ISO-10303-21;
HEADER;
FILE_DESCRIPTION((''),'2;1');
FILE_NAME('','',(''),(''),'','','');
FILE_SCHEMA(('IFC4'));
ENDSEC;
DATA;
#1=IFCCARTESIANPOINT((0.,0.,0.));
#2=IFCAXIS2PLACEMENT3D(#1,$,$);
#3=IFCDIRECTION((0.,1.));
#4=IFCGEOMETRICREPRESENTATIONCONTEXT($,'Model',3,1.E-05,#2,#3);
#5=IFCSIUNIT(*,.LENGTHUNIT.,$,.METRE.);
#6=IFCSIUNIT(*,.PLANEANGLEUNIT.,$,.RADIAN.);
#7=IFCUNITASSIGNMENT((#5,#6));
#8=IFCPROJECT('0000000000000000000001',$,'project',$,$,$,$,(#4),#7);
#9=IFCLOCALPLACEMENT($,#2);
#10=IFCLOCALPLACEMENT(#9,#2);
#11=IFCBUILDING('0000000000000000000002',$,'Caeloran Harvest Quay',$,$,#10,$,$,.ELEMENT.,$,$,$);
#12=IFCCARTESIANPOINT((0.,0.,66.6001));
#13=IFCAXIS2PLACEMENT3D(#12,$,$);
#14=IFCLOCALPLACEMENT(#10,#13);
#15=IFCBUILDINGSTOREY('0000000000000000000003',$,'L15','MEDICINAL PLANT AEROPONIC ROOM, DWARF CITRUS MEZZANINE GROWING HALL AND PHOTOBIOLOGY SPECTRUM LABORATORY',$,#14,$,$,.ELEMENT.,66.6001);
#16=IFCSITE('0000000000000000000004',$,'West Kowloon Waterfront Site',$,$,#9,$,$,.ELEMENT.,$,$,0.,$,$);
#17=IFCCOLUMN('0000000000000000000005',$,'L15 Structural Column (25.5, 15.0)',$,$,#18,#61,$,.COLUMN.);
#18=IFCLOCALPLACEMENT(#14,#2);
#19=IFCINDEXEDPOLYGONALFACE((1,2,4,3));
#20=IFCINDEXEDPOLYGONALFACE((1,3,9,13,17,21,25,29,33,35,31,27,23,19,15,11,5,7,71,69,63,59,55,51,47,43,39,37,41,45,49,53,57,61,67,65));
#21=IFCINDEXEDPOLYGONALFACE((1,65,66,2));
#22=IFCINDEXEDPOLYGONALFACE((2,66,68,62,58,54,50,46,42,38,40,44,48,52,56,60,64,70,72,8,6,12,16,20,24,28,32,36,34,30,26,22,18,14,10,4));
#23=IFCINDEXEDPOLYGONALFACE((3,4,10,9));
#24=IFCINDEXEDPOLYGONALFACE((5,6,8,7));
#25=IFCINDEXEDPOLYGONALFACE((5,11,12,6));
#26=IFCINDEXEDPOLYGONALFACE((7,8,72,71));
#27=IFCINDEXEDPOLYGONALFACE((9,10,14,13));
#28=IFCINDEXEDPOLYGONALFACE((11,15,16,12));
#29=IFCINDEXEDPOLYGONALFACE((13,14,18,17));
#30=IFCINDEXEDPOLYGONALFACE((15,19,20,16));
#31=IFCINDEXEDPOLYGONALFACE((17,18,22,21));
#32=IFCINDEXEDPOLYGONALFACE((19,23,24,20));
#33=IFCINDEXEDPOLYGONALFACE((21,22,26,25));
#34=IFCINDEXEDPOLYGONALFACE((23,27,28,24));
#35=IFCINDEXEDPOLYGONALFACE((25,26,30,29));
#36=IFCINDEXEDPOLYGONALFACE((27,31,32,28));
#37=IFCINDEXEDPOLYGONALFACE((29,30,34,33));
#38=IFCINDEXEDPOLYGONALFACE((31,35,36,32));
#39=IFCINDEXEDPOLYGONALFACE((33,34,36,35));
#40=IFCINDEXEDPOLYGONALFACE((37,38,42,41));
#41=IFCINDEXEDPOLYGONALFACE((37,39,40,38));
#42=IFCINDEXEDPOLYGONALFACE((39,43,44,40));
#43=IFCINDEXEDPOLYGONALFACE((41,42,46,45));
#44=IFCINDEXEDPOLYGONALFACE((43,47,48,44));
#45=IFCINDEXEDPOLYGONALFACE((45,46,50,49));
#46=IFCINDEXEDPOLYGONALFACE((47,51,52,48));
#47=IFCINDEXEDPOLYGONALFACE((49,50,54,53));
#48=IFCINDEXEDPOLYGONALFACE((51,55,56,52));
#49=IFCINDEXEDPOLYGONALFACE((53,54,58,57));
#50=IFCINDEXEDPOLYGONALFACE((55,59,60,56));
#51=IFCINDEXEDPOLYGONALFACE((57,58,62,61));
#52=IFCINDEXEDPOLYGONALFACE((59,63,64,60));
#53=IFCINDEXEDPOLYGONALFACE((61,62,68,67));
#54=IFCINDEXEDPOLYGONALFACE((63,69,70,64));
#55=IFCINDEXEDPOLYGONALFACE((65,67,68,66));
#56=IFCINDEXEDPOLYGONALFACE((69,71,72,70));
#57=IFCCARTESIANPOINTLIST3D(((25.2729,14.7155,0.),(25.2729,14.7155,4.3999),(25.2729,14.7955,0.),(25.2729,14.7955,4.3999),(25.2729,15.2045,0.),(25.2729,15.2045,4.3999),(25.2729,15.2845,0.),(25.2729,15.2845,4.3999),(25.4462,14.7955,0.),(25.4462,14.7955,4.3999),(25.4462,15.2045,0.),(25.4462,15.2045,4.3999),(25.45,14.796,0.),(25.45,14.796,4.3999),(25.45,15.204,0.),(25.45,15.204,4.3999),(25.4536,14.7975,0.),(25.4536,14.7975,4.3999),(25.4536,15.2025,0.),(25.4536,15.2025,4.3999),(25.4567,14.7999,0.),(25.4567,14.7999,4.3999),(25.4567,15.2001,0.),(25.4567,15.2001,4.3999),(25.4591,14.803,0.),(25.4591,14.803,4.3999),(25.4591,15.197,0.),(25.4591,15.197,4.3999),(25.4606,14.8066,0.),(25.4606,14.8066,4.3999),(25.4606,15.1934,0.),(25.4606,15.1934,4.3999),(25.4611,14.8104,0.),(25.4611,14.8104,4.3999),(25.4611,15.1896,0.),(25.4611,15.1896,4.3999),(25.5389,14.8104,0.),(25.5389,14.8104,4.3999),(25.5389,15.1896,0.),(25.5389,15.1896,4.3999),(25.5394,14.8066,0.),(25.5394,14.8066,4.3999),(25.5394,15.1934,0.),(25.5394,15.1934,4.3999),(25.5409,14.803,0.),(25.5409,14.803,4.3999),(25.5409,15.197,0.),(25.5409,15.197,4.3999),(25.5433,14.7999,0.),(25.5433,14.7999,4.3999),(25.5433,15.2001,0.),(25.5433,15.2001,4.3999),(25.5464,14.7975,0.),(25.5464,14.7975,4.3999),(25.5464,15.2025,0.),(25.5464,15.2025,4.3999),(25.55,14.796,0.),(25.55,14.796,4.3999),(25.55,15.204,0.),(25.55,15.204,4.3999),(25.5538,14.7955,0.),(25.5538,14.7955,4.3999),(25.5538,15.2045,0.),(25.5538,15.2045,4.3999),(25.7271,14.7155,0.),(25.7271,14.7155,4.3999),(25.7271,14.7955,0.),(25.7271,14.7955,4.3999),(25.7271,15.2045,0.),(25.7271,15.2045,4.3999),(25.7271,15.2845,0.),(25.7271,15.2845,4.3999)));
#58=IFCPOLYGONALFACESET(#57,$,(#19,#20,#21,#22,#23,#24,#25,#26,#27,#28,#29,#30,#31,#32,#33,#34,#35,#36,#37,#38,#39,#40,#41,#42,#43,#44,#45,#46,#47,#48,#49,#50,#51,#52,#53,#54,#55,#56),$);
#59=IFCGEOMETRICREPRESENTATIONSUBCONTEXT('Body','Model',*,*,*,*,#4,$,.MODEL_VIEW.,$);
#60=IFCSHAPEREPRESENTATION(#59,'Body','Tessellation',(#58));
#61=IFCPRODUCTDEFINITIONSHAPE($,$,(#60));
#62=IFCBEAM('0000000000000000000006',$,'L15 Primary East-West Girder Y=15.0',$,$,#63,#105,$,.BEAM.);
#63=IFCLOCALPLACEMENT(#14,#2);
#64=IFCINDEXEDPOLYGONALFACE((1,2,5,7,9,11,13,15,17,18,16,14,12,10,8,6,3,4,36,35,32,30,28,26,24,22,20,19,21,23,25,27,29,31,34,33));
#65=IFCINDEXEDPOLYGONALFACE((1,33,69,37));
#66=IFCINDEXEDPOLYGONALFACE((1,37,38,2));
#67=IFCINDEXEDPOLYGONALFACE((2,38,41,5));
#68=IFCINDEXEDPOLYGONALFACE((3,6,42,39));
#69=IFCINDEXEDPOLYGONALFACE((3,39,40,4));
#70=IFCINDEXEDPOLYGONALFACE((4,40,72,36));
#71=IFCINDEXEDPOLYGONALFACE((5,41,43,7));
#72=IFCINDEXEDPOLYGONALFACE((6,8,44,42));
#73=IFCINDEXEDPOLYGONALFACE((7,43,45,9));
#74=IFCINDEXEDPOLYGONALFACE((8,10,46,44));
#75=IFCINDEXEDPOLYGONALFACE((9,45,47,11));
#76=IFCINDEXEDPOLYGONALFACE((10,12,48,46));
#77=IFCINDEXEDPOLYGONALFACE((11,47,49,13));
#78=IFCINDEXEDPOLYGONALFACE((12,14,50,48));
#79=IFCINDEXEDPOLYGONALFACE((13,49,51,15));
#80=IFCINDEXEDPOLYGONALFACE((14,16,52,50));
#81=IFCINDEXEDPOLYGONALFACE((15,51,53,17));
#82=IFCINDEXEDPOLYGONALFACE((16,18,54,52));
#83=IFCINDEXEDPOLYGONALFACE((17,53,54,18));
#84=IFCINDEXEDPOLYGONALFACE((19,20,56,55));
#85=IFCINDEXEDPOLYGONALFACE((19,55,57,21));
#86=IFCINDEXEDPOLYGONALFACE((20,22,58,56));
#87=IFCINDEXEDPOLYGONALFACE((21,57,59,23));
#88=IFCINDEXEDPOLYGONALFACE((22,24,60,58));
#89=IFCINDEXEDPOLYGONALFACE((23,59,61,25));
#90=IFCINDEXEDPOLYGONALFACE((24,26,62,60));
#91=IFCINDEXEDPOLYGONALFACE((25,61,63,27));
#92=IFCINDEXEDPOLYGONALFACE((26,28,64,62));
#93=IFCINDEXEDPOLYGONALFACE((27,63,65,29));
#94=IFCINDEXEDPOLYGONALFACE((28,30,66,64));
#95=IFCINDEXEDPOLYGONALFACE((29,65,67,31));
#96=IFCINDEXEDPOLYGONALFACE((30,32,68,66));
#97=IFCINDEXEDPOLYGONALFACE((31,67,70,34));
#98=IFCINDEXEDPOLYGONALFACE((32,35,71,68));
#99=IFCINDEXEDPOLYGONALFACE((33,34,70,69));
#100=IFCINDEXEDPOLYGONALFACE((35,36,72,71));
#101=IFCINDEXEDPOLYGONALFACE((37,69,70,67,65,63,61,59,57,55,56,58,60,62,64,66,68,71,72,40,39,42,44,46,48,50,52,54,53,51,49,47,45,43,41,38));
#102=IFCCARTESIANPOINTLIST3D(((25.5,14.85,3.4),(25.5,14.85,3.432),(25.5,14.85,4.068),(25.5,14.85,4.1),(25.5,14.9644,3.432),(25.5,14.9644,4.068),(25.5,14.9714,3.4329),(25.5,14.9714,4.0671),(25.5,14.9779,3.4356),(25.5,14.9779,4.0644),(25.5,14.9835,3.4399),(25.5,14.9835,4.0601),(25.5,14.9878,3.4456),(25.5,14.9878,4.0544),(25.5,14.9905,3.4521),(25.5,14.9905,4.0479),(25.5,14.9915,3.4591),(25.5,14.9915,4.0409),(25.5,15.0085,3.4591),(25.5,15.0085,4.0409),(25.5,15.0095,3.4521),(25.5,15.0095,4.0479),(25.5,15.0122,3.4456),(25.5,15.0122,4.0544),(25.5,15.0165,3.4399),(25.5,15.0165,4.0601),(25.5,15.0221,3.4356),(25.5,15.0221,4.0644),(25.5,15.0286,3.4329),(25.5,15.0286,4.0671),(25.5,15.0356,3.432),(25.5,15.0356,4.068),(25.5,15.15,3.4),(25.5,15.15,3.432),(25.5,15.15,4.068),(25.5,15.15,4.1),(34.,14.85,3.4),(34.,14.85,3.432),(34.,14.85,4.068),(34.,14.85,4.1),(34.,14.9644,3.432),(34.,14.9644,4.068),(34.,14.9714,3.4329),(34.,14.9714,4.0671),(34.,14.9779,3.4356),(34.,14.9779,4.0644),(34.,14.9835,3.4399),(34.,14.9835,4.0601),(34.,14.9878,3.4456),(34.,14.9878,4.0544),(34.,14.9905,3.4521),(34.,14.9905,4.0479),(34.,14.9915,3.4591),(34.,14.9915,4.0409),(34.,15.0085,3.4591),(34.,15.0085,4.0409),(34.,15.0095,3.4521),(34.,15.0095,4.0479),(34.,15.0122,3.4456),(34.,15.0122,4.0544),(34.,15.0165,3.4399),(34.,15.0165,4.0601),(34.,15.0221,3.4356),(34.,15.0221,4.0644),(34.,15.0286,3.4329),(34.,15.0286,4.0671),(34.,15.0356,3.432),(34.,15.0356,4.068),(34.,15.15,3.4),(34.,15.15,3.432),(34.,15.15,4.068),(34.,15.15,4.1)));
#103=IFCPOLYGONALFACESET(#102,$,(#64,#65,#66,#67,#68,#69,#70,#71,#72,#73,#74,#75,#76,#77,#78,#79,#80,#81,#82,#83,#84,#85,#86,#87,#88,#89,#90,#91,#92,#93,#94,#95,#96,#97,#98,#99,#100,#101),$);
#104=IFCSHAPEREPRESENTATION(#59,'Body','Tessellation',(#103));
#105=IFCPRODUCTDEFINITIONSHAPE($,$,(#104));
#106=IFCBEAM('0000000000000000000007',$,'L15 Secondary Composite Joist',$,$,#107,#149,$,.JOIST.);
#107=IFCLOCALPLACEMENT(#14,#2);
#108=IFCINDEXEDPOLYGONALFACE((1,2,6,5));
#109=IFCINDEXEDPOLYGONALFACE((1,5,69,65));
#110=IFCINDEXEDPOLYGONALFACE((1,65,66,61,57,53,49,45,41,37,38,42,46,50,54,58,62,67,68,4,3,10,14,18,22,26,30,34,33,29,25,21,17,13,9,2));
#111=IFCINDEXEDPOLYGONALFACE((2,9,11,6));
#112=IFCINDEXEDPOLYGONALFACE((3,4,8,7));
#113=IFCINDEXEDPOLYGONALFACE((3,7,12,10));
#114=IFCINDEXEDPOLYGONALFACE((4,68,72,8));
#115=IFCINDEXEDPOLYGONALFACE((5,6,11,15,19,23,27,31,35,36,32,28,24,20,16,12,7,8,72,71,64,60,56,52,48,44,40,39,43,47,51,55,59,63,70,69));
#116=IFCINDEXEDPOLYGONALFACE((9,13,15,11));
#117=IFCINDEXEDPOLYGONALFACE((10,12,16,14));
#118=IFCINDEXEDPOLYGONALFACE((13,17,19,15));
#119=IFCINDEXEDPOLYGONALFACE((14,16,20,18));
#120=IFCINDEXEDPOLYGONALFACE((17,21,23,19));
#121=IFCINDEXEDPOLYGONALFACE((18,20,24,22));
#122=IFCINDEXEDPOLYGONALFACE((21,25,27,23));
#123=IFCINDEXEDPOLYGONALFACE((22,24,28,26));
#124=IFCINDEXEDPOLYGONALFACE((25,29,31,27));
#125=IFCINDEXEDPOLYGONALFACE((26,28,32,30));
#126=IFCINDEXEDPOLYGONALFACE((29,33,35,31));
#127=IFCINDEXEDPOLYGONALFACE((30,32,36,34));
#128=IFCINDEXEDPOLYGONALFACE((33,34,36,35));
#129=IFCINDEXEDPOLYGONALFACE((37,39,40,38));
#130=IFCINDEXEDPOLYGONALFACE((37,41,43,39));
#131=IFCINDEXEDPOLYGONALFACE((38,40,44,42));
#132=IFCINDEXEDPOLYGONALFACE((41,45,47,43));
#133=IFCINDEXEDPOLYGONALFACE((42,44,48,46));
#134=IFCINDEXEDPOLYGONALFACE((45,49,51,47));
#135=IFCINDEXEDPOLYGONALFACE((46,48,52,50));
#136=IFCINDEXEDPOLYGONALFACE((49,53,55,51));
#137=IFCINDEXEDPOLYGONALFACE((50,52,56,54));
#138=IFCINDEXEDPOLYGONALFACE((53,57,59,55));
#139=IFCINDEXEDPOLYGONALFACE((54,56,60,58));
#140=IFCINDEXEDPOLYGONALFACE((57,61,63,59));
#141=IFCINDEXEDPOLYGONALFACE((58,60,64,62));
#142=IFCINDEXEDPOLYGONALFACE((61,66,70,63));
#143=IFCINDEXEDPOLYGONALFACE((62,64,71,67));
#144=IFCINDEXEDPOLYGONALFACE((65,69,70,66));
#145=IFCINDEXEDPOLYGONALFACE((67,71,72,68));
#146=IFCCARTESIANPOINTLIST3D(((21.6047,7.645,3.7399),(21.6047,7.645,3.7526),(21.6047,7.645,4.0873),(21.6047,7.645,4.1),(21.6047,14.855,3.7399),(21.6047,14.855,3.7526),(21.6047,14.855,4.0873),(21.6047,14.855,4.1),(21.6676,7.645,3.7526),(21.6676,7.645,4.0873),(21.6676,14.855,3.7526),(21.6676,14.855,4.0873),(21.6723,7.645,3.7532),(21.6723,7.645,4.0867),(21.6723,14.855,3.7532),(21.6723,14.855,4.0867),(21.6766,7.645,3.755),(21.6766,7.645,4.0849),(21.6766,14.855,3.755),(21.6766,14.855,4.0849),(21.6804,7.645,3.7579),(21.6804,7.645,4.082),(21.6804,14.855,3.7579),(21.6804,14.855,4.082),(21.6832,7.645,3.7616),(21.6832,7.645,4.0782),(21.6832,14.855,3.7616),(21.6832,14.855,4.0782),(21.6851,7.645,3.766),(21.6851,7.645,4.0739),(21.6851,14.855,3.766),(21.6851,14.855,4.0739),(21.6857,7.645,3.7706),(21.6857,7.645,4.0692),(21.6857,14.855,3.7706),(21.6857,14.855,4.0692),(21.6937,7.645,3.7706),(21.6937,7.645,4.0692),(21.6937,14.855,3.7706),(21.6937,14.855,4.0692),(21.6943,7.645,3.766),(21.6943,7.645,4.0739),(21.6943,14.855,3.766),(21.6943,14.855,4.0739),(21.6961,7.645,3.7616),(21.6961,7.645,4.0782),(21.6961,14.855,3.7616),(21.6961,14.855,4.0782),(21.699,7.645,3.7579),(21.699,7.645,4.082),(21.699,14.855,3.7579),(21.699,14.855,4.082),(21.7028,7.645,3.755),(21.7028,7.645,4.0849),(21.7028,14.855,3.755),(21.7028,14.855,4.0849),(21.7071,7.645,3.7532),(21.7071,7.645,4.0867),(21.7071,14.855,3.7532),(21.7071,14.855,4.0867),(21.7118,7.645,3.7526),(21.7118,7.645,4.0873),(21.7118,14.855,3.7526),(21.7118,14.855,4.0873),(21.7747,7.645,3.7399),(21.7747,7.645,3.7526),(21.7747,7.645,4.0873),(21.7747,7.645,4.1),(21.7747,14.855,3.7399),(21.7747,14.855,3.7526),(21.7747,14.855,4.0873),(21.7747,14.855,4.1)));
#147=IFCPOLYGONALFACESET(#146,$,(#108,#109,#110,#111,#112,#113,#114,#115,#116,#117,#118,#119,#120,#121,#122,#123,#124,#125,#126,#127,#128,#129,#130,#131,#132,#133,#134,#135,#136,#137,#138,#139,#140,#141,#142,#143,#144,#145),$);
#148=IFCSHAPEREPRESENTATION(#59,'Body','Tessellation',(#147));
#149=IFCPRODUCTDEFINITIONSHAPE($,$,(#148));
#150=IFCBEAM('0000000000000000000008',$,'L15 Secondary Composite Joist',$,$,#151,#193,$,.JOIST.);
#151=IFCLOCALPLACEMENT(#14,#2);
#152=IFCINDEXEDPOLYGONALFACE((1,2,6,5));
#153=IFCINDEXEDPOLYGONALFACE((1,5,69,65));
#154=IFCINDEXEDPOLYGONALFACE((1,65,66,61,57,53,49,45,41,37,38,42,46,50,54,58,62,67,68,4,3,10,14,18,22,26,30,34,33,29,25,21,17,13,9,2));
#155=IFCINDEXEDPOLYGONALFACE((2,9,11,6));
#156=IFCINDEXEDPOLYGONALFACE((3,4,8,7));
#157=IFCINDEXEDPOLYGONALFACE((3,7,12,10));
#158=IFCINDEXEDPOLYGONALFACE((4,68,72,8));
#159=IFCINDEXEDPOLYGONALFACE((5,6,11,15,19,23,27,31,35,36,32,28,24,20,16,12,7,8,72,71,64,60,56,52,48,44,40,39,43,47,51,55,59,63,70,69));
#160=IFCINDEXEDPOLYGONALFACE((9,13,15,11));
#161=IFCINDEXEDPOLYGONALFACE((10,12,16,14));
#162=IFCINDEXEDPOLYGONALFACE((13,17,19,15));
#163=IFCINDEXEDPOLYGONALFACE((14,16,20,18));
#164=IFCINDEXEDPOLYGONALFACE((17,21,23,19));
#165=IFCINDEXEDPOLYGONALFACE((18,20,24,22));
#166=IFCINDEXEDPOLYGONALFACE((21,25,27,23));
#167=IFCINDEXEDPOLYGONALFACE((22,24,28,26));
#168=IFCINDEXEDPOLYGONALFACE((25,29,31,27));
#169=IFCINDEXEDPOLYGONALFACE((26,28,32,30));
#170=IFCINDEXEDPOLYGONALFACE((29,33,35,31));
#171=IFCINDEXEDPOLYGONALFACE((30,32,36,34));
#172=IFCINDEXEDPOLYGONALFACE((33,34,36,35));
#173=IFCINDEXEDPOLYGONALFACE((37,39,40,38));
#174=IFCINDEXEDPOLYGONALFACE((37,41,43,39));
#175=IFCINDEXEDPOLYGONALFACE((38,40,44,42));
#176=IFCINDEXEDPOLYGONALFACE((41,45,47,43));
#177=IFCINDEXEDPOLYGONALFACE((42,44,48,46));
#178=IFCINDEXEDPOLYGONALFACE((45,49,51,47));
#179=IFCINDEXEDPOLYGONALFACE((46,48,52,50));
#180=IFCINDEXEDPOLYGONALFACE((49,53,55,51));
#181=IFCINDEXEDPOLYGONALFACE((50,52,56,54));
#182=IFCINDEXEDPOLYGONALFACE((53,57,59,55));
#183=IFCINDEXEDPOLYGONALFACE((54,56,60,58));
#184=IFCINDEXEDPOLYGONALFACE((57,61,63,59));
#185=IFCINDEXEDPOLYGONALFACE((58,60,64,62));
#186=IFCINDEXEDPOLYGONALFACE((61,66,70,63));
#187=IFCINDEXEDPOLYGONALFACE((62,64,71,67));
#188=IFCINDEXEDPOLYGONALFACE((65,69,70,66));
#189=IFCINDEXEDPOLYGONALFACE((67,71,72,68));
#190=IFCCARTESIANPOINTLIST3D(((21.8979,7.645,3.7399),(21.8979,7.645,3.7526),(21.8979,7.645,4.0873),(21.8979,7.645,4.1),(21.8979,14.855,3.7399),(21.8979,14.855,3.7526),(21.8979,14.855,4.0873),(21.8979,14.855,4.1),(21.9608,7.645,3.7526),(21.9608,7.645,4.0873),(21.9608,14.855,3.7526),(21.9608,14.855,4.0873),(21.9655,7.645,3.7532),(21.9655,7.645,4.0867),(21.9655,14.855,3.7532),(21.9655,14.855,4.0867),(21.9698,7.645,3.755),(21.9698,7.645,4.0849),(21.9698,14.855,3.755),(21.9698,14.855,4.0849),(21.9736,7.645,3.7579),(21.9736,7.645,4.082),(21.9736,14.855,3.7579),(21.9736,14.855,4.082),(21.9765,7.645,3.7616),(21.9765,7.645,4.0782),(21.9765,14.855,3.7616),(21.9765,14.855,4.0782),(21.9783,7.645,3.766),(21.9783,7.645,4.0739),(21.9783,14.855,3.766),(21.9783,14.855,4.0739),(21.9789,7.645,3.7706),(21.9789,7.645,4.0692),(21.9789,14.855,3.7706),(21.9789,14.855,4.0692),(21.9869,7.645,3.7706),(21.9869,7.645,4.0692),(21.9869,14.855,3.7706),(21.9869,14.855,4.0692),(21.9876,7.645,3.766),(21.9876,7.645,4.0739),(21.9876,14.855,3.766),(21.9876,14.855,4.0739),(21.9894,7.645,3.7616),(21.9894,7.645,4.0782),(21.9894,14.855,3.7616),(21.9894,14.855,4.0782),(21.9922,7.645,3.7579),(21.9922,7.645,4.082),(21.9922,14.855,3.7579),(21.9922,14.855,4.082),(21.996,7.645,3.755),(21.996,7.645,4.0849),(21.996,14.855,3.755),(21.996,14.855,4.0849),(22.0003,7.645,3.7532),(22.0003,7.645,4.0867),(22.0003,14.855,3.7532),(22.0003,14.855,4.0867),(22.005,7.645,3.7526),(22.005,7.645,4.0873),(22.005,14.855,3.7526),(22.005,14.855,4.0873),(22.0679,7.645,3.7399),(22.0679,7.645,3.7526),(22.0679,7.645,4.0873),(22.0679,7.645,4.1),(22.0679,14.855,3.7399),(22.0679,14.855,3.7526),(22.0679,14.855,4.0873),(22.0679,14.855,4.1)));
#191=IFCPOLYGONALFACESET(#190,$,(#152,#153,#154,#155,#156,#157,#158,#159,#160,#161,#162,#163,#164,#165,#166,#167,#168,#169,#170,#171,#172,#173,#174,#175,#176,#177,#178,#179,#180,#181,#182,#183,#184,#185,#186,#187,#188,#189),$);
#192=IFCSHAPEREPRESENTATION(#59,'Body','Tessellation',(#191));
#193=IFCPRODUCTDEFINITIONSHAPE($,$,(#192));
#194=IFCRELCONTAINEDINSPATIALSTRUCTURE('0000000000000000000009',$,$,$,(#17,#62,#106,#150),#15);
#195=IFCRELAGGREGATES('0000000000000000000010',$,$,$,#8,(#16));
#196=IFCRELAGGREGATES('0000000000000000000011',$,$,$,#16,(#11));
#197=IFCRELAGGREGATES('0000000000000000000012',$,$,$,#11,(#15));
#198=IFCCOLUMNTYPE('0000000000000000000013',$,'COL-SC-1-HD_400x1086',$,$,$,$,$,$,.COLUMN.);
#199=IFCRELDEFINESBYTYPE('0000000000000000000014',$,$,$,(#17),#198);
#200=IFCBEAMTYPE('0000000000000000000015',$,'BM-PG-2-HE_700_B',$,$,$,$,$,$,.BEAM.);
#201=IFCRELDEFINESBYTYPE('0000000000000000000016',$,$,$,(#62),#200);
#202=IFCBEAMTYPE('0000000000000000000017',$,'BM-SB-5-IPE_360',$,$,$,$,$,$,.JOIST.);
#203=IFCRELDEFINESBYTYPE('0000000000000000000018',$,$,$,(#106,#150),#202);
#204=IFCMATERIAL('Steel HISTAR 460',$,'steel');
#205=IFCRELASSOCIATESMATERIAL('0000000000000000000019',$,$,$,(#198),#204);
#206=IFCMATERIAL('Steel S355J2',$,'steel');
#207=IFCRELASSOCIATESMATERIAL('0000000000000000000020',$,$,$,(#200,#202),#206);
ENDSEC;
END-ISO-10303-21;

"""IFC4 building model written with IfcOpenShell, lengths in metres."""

from ifc_helpers import new_model, si_unit, direction, frame, origin, origin_2d, place, context, subcontext, project, spatial, i_section, extrude, material, material_profile, profile_set, type_object, element, save


model = new_model("IFC4")

# Units and contexts
model_context = context("Model", 3, precision=1e-05, world=origin(), true_north=direction((0.0, 1.0)))
body_context = subcontext(model_context, "Body", "Model", "MODEL_VIEW")
ifc_project = project(units=[si_unit("LENGTHUNIT", "METRE"), si_unit("PLANEANGLEUNIT", "RADIAN")], contexts=[model_context])

# Site, building, storey
site_placement = place(None, origin())
site = spatial("IfcSite", under=ifc_project, at=site_placement, Name="West Kowloon Waterfront Site", CompositionType="ELEMENT", RefElevation=0.0)
building_placement = place(site_placement, origin())
building = spatial("IfcBuilding", under=site, at=building_placement, Name="Caeloran Harvest Quay", CompositionType="ELEMENT")
storey_placement = place(building_placement, frame((0.0, 0.0, 66.6001)))
storey = spatial("IfcBuildingStorey", under=building, at=storey_placement, Name="L15", Description="MEDICINAL PLANT AEROPONIC ROOM, DWARF CITRUS MEZZANINE GROWING HALL AND PHOTOBIOLOGY SPECTRUM LABORATORY", CompositionType="ELEMENT", Elevation=66.6001)

# Column
ifc_material_1 = material(Name="Steel HISTAR 460", Category="steel")
ifc_material_profile_1 = material_profile(ifc_material_1, i_section(OverallWidth=0.4541, OverallDepth=0.5691, WebThickness=0.0779, FlangeThickness=0.0801, FilletRadius=0.0149, at=origin_2d()), Name="HD 400x1086")
ifc_profile_set_1 = profile_set([ifc_material_profile_1], Name="Steel HISTAR 460")
column_type = type_object("IfcColumnType", Name="COL-SC-1-HD_400x1086", PredefinedType="COLUMN", material=ifc_profile_set_1)
column_placement = place(storey_placement, frame((25.5, 15.0, 0.0), z_axis=(0.0, 0.0, 1.0), x_axis=(1.0, 0.0, 0.0)))
element("IfcColumn", 1, at=column_placement, inside=storey, type_object=column_type, Name="L15 Structural Column (25.5, 15.0)", PredefinedType="COLUMN", context=body_context, shape_type="SweptSolid", body=[
    extrude(i_section(OverallWidth=0.4541, OverallDepth=0.5691, WebThickness=0.0779, FlangeThickness=0.0801, FilletRadius=0.0149, at=origin_2d()), origin(), (0.0, 0.0, 1.0), 4.3999),
])

# Beams
ifc_material_2 = material(Name="Steel S355J2", Category="steel")
ifc_material_profile_2 = material_profile(ifc_material_2, i_section(OverallWidth=0.3, OverallDepth=0.7, WebThickness=0.0171, FlangeThickness=0.032, FilletRadius=0.0271, at=origin_2d()), Name="HE 700 B")
ifc_profile_set_2 = profile_set([ifc_material_profile_2], Name="Steel S355J2")
beam_type_1 = type_object("IfcBeamType", Name="BM-PG-2-HE_700_B", PredefinedType="BEAM", material=ifc_profile_set_2)
beam_placement = place(storey_placement, frame((25.5, 15.0, 3.75), z_axis=(1.0, 0.0, 0.0), x_axis=(0.0, 1.0, 0.0)))
element("IfcBeam", 2, at=beam_placement, inside=storey, type_object=beam_type_1, Name="L15 Primary East-West Girder Y=15.0", PredefinedType="BEAM", context=body_context, shape_type="SweptSolid", body=[
    extrude(i_section(OverallWidth=0.3, OverallDepth=0.7, WebThickness=0.0171, FlangeThickness=0.032, FilletRadius=0.0271, at=origin_2d()), origin(), (0.0, 0.0, 1.0), 8.5),
])
ifc_material_profile_3 = material_profile(ifc_material_2, i_section(OverallWidth=0.1699, OverallDepth=0.3601, WebThickness=0.0081, FlangeThickness=0.0127, FilletRadius=0.0181, at=origin_2d()), Name="IPE 360")
ifc_profile_set_3 = profile_set([ifc_material_profile_3], Name="Steel S355J2")
beam_type_2 = type_object("IfcBeamType", Name="BM-SB-5-IPE_360", PredefinedType="JOIST", material=ifc_profile_set_3)
for number, where, z_axis, x_axis, name in (
    (3, (21.6897, 7.645, 3.9199), (0.0, 1.0, 0.0), (-1.0, 0.0, 0.0), "L15 Secondary Composite Joist"),
    (4, (21.9829, 7.645, 3.9199), (0.0, 1.0, 0.0), (-1.0, 0.0, 0.0), "L15 Secondary Composite Joist"),
):
    element("IfcBeam", number, at=place(storey_placement, frame(where, z_axis=z_axis, x_axis=x_axis)), inside=storey, type_object=beam_type_2, Name=name, PredefinedType="JOIST", context=body_context, shape_type="SweptSolid", body=[
        extrude(i_section(OverallWidth=0.1699, OverallDepth=0.3601, WebThickness=0.0081, FlangeThickness=0.0127, FilletRadius=0.0181, at=origin_2d()), origin(), (0.0, 0.0, 1.0), 7.21),
    ])

save(model, "model.ifc")
